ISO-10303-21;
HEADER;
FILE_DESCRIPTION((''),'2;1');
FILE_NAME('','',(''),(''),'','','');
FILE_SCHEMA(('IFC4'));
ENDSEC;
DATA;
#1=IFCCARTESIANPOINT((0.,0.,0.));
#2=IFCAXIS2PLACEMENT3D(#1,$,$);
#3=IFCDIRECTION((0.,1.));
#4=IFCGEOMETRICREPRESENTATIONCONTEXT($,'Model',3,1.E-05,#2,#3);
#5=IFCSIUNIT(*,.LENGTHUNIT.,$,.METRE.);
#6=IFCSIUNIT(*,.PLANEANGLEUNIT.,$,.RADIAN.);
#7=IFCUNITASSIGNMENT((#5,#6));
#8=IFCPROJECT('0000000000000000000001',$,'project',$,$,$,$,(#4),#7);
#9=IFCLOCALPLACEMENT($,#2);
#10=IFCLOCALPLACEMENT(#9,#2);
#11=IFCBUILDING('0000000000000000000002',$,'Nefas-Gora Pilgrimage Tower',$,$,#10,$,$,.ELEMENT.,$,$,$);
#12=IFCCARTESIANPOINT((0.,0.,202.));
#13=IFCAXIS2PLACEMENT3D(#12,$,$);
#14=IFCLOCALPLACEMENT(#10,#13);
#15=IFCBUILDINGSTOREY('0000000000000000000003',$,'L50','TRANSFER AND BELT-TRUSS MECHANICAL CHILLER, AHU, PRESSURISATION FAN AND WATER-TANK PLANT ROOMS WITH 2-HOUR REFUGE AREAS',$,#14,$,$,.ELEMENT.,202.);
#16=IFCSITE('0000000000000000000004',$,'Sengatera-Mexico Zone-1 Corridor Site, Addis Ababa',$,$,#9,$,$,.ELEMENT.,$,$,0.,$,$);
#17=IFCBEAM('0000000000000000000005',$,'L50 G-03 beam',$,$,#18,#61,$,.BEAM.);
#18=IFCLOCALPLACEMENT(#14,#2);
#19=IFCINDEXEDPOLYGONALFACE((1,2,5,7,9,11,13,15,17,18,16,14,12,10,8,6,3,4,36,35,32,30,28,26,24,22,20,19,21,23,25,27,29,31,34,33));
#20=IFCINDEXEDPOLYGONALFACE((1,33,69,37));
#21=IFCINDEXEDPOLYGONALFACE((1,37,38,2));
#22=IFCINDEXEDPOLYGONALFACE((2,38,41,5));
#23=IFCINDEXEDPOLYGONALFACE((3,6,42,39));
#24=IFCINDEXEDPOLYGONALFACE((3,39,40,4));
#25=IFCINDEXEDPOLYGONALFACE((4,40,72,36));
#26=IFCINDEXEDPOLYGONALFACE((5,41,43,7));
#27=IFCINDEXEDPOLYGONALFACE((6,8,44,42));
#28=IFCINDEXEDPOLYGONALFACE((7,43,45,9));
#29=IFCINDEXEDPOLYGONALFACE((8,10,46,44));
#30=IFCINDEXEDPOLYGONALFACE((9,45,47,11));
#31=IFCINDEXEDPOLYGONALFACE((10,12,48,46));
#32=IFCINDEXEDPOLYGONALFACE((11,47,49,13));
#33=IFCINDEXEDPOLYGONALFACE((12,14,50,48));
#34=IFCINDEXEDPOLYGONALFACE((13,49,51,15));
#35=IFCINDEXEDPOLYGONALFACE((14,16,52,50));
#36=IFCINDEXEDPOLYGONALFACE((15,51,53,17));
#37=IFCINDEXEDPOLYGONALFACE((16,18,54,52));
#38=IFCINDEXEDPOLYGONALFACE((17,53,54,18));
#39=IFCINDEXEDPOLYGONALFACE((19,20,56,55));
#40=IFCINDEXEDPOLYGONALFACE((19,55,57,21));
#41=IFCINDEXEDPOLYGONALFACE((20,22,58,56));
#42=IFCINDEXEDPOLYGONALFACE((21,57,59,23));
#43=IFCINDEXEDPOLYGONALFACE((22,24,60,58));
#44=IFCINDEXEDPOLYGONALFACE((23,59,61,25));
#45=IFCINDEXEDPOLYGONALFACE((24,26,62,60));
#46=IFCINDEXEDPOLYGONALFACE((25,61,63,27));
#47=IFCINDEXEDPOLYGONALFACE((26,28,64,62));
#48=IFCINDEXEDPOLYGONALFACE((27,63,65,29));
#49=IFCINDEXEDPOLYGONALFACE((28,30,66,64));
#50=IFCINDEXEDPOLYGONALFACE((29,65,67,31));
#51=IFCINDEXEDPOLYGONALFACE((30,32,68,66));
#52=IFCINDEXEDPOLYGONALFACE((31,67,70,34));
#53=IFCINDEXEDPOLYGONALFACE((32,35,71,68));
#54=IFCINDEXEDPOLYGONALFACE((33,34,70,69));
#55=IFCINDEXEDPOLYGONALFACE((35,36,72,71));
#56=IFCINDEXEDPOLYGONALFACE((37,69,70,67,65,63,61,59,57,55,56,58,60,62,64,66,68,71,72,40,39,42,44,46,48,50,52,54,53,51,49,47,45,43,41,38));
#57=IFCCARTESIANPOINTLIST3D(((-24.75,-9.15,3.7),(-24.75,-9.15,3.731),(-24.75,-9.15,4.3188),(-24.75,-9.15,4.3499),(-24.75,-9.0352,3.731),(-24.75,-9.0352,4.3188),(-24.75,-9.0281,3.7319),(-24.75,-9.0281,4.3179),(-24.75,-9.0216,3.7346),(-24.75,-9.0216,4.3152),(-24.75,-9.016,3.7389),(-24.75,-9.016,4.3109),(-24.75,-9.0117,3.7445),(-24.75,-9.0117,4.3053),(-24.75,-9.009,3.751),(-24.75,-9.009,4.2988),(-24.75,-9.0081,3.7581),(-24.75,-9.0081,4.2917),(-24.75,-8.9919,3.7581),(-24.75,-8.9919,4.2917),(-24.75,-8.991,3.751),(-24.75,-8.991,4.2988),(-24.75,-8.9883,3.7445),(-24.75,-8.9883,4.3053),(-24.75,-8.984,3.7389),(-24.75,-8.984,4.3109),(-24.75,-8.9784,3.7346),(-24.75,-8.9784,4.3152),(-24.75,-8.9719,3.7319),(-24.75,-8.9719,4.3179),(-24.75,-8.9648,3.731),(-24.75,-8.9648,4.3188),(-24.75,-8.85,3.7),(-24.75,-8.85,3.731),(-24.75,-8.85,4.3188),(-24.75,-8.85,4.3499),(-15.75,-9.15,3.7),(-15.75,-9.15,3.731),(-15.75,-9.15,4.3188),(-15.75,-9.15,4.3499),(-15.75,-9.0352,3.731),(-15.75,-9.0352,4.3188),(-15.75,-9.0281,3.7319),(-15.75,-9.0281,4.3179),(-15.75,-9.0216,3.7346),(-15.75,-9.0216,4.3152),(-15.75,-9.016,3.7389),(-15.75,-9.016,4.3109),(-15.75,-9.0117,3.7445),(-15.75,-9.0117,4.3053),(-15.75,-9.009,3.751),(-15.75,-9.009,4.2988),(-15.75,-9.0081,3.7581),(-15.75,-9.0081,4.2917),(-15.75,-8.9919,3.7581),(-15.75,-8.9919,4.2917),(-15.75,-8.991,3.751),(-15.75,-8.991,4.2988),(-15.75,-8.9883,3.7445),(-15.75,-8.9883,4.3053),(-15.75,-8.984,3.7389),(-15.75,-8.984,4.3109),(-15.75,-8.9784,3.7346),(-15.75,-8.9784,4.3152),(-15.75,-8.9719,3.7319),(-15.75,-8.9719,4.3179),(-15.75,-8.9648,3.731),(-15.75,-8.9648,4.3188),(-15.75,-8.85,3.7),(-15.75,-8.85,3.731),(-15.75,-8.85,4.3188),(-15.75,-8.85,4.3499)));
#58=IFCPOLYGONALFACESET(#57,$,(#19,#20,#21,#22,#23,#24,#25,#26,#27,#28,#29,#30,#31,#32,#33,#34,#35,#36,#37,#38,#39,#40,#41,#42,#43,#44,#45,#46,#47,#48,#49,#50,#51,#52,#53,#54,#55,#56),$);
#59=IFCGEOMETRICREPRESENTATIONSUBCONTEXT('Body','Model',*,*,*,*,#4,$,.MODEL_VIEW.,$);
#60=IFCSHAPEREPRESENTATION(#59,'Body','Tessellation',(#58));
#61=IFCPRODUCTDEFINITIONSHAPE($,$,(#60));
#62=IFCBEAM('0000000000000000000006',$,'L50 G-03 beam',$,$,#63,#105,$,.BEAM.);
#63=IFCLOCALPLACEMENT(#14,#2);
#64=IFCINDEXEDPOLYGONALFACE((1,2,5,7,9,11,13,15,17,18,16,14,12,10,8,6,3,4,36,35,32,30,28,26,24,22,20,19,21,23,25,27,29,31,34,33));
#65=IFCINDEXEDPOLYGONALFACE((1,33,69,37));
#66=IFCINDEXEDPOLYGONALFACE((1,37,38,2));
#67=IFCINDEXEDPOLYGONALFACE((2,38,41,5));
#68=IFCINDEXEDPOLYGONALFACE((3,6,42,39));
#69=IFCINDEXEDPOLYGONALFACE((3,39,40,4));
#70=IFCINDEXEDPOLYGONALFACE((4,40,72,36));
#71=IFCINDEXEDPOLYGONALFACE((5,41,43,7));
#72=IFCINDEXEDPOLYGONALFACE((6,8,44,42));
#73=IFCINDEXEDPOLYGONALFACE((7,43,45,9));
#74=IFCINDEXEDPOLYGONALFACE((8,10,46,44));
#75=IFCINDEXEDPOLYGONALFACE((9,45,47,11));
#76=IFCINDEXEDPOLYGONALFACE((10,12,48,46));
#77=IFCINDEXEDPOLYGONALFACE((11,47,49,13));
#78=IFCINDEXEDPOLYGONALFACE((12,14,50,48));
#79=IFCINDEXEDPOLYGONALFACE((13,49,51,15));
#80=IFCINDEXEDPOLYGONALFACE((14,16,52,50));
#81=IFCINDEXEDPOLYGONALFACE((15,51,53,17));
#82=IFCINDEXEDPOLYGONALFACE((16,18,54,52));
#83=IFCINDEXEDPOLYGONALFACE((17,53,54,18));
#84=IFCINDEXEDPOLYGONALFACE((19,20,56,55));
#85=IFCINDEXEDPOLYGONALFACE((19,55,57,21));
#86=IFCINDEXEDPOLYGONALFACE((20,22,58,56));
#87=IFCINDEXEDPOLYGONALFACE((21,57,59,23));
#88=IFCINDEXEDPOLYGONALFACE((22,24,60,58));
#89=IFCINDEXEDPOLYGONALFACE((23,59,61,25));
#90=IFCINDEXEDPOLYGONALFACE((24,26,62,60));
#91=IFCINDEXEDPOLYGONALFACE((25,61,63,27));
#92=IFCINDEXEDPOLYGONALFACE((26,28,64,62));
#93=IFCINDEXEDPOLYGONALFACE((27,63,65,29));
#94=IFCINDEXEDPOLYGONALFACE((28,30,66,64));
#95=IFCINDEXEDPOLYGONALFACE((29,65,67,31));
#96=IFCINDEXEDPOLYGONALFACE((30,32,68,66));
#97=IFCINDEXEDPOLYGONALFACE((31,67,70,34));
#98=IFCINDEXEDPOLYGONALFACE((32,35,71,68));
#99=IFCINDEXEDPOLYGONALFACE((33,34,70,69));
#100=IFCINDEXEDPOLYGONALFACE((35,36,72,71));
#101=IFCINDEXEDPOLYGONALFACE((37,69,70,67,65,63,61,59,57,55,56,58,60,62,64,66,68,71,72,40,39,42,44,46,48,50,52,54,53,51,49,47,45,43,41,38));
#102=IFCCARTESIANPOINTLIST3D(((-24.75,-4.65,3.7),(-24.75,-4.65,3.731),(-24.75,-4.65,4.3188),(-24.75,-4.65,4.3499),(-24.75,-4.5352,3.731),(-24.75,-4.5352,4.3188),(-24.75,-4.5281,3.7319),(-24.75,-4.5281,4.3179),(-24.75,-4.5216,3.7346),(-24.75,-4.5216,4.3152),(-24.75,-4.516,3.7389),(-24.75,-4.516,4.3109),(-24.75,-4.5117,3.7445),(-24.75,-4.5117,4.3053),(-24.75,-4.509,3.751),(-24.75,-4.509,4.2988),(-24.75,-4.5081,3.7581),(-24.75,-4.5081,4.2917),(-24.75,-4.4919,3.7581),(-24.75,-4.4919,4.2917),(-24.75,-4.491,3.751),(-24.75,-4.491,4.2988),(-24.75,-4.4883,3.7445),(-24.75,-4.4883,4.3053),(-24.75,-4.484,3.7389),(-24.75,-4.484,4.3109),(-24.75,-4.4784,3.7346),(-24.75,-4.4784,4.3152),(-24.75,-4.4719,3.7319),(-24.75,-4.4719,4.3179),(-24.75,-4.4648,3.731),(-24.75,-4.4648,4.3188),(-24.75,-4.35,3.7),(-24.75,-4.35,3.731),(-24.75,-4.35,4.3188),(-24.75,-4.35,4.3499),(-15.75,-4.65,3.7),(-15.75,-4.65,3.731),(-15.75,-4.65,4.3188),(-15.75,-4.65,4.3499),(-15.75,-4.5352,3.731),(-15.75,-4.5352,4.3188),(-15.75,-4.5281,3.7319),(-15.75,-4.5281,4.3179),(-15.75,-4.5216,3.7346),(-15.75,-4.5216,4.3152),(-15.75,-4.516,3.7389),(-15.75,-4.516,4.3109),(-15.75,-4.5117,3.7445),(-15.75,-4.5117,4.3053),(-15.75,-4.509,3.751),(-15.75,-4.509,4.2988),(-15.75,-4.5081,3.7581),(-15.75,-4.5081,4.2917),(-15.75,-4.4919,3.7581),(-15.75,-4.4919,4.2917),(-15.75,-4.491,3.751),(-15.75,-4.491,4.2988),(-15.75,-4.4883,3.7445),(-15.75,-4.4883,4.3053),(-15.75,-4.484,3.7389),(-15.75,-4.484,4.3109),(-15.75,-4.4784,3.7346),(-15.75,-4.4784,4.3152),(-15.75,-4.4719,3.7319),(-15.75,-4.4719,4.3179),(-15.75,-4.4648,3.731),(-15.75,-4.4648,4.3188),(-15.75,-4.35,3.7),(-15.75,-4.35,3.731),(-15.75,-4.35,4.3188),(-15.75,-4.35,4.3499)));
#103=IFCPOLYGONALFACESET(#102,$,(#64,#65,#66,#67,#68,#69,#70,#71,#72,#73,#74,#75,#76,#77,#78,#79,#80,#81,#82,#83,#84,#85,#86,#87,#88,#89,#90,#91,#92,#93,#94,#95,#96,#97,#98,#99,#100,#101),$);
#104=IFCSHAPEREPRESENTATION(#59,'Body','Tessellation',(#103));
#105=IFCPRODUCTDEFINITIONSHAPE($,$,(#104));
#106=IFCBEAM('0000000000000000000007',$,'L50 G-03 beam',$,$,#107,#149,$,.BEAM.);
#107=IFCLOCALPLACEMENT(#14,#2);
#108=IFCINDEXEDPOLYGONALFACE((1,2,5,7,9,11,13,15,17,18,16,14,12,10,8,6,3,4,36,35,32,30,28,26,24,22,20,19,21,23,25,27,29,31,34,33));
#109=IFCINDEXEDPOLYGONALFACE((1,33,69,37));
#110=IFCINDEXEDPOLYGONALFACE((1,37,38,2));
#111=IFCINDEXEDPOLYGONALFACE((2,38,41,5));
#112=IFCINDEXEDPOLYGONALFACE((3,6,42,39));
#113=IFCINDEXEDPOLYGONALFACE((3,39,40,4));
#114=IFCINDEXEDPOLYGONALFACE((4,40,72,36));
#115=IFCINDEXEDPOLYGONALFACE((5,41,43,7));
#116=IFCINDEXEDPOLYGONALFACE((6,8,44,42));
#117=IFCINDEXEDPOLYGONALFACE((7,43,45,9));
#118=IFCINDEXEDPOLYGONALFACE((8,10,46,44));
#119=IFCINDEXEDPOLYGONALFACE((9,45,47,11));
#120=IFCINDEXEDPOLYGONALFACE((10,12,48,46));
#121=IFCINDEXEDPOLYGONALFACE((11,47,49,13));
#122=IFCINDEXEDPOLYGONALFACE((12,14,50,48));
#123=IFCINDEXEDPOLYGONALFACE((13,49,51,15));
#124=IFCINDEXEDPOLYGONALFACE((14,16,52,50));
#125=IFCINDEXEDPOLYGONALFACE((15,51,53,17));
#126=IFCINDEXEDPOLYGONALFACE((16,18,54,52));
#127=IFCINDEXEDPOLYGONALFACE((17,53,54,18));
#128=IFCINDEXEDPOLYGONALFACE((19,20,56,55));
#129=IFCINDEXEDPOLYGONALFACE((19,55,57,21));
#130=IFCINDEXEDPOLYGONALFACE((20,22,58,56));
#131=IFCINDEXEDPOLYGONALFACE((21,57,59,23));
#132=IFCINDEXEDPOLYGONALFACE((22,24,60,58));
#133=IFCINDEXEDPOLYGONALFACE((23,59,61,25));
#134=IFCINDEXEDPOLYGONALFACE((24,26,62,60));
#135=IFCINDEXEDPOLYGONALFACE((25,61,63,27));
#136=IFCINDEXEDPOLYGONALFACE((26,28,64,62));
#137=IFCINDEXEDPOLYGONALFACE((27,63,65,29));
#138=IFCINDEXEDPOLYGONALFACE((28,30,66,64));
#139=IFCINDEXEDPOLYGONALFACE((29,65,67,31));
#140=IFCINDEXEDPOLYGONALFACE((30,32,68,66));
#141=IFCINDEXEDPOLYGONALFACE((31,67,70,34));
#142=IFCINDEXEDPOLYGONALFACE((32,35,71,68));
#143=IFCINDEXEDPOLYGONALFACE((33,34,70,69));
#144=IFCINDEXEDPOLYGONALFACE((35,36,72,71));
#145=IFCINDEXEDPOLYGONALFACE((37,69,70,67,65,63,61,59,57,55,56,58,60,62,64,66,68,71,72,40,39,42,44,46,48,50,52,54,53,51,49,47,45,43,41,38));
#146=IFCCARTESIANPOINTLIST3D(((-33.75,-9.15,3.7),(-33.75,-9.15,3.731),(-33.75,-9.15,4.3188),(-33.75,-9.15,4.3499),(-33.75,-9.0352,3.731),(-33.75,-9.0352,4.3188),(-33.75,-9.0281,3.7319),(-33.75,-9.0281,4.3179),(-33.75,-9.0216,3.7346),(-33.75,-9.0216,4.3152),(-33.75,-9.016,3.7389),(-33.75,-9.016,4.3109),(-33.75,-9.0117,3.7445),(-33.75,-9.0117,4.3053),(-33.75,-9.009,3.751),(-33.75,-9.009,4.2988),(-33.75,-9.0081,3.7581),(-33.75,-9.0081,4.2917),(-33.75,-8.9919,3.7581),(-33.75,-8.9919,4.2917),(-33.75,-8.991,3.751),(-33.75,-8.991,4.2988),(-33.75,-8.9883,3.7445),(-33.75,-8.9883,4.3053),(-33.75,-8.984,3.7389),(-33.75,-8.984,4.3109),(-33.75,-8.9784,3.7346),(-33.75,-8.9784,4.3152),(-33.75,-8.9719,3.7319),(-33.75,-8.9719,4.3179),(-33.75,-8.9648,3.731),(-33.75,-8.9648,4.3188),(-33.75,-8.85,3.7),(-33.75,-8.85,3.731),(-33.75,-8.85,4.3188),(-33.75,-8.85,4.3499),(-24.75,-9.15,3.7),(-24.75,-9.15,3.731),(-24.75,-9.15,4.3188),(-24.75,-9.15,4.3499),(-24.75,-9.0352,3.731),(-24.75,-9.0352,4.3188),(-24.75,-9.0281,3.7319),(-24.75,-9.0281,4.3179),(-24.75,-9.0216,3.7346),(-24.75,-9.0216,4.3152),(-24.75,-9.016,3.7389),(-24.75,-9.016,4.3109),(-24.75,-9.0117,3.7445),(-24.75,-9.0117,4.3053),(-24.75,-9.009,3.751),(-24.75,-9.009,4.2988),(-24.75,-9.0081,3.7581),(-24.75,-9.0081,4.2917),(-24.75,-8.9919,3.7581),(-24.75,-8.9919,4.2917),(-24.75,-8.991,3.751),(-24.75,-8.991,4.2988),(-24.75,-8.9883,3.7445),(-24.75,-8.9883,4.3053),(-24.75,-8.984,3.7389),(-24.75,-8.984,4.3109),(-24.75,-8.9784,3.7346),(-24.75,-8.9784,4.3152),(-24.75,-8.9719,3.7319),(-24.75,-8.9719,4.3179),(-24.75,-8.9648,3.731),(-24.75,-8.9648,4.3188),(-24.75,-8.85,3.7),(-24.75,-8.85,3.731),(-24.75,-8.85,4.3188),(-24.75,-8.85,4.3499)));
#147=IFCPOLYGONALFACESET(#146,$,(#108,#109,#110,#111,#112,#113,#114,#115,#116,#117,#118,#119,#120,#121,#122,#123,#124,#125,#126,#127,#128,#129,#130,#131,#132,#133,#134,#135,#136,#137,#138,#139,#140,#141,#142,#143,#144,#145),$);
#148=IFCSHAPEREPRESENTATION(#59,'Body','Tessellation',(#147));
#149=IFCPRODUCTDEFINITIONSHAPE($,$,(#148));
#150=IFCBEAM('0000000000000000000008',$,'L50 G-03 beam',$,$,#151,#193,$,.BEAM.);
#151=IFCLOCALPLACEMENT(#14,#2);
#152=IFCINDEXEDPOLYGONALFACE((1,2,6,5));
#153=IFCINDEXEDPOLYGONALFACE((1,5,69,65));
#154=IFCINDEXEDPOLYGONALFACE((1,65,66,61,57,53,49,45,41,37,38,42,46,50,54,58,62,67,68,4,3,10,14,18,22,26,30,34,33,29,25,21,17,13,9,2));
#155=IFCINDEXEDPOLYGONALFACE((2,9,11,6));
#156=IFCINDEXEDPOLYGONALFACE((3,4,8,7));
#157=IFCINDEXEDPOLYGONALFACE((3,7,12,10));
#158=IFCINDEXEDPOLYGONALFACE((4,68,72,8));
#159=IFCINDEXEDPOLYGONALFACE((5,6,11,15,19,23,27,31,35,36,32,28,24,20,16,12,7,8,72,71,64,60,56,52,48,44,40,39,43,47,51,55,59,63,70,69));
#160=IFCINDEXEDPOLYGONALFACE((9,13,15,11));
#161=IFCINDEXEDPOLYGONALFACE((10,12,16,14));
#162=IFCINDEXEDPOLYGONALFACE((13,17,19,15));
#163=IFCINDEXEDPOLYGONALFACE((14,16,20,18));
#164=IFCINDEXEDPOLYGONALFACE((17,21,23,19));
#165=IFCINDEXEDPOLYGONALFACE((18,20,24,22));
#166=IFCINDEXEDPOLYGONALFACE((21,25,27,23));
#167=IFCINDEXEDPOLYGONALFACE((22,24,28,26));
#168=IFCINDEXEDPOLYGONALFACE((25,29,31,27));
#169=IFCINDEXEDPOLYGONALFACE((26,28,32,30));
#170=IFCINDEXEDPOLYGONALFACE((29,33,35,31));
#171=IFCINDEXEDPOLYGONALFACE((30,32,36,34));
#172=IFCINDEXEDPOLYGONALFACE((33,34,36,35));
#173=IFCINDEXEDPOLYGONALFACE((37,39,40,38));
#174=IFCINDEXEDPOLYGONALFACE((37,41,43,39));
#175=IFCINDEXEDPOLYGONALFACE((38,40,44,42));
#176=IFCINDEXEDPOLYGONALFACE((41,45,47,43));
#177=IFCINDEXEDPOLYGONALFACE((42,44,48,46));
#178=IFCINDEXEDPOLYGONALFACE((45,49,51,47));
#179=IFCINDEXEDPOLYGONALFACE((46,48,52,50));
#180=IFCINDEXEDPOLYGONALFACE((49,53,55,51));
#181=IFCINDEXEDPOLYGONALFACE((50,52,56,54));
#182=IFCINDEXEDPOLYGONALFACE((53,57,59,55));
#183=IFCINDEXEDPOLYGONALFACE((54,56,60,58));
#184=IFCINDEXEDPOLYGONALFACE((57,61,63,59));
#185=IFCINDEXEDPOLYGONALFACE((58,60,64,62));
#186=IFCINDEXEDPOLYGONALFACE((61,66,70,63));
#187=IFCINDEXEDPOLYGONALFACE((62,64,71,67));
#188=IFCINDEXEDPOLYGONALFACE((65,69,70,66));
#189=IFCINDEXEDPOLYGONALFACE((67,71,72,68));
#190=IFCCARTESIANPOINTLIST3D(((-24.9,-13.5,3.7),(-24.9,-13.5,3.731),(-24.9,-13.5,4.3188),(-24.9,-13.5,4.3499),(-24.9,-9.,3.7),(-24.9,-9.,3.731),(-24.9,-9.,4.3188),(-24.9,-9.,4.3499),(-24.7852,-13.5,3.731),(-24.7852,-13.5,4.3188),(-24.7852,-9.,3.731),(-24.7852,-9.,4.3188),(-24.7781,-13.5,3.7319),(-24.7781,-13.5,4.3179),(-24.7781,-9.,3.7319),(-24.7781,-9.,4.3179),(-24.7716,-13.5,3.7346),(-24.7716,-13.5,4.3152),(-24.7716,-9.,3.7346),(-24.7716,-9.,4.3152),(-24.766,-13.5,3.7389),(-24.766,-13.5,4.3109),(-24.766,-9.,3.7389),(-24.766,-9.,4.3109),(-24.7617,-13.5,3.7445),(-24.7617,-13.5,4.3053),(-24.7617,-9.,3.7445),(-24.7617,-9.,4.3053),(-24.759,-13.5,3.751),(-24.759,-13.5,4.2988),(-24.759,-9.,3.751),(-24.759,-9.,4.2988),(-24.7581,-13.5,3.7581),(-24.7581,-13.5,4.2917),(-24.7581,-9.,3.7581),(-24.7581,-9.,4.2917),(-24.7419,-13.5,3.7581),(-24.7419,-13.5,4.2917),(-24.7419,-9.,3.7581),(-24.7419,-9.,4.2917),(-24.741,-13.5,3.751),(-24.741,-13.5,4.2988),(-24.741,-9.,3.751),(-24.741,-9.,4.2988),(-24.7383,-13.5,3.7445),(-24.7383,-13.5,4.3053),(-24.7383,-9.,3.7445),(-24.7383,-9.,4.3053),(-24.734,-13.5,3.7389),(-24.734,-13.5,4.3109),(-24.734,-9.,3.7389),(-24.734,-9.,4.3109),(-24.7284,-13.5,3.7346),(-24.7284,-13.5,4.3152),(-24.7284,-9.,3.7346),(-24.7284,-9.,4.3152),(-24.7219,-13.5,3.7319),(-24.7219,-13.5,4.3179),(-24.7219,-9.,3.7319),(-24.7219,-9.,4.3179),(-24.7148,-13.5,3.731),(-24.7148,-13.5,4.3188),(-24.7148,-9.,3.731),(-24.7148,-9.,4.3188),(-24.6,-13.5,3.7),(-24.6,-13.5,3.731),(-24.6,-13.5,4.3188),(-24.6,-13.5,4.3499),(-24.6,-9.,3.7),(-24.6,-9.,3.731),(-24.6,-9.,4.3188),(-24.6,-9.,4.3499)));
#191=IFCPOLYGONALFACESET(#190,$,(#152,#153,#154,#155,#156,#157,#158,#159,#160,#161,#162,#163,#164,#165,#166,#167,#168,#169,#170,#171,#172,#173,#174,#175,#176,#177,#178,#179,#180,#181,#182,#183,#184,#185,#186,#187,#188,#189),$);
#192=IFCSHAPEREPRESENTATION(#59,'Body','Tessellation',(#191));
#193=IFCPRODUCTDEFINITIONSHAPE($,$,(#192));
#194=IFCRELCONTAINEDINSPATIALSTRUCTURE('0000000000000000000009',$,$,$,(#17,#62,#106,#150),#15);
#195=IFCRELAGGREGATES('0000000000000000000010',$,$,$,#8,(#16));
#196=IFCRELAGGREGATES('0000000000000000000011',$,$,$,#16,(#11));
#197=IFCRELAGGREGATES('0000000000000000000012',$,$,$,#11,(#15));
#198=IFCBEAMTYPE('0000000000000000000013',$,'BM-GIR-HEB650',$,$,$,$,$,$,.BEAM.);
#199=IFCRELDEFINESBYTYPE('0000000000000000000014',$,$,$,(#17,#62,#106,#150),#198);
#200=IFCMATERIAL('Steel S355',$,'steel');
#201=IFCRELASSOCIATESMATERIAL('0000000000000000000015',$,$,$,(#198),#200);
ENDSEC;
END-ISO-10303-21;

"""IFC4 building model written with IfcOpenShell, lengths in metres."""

from ifc_helpers import new_model, si_unit, direction, frame, origin, origin_2d, place, context, subcontext, project, spatial, i_section, extrude, source, transform, mapped, material, material_profile, profile_set, type_object, element, save


model = new_model("IFC4")

# Units and contexts
model_context = context("Model", 3, precision=1e-05, world=origin(), true_north=direction((0.0, 1.0)))
body_context = subcontext(model_context, "Body", "Model", "MODEL_VIEW")
ifc_project = project(units=[si_unit("LENGTHUNIT", "METRE"), si_unit("PLANEANGLEUNIT", "RADIAN")], contexts=[model_context])

# Site, building, storey
site_placement = place(None, origin())
site = spatial("IfcSite", under=ifc_project, at=site_placement, Name="Sengatera-Mexico Zone-1 Corridor Site, Addis Ababa", CompositionType="ELEMENT", RefElevation=0.0)
building_placement = place(site_placement, origin())
building = spatial("IfcBuilding", under=site, at=building_placement, Name="Nefas-Gora Pilgrimage Tower", CompositionType="ELEMENT")
storey_placement = place(building_placement, frame((0.0, 0.0, 202.0)))
storey = spatial("IfcBuildingStorey", under=building, at=storey_placement, Name="L50", Description="TRANSFER AND BELT-TRUSS MECHANICAL CHILLER, AHU, PRESSURISATION FAN AND WATER-TANK PLANT ROOMS WITH 2-HOUR REFUGE AREAS", CompositionType="ELEMENT", Elevation=202.0)

# Beams
ifc_material_1 = material(Name="Steel S355", Category="steel")
ifc_material_profile_1 = material_profile(ifc_material_1, i_section(OverallWidth=0.3, OverallDepth=0.6499, WebThickness=0.0161, FlangeThickness=0.031, FilletRadius=0.0271, at=origin_2d()), Name="HEB 650")
ifc_profile_set_1 = profile_set([ifc_material_profile_1], Name="Steel S355")
beam_type = type_object("IfcBeamType", Name="BM-GIR-HEB650", PredefinedType="BEAM", material=ifc_profile_set_1)
shared_shape_1 = source(origin(), body_context, "Body", "SweptSolid", [
    extrude(i_section(OverallWidth=0.3, OverallDepth=0.6499, WebThickness=0.0161, FlangeThickness=0.031, FilletRadius=0.0271, at=origin_2d()), origin(), (0.0, 0.0, 1.0), 9.0),
])
for number, where, z_axis, x_axis, name in (
    (1, (-24.75, -9.0, 4.0249), (1.0, 0.0, 0.0), (0.0, 1.0, 0.0), "L50 G-03 beam"),
    (2, (-24.75, -4.5, 4.0249), (1.0, 0.0, 0.0), (0.0, 1.0, 0.0), "L50 G-03 beam"),
    (3, (-33.75, -9.0, 4.0249), (1.0, 0.0, 0.0), (0.0, 1.0, 0.0), "L50 G-03 beam"),
):
    element("IfcBeam", number, at=place(storey_placement, frame(where, z_axis=z_axis, x_axis=x_axis)), inside=storey, type_object=beam_type, Name=name, PredefinedType="BEAM", context=body_context, shape_type="MappedRepresentation", body=[
        mapped(shared_shape_1, transform((0.0, 0.0, 0.0), x_axis=(1.0, 0.0, 0.0), y_axis=(0.0, 1.0, 0.0), z_axis=(0.0, 0.0, 1.0), scale=1.0)),
    ])
shared_shape_2 = source(origin(), body_context, "Body", "SweptSolid", [
    extrude(i_section(OverallWidth=0.3, OverallDepth=0.6499, WebThickness=0.0161, FlangeThickness=0.031, FilletRadius=0.0271, at=origin_2d()), origin(), (0.0, 0.0, 1.0), 4.5),
])
for number, where, z_axis, x_axis, name in (
    (4, (-24.75, -13.5, 4.0249), (0.0, 1.0, 0.0), (-1.0, 0.0, 0.0), "L50 G-03 beam"),
):
    element("IfcBeam", number, at=place(storey_placement, frame(where, z_axis=z_axis, x_axis=x_axis)), inside=storey, type_object=beam_type, Name=name, PredefinedType="BEAM", context=body_context, shape_type="MappedRepresentation", body=[
        mapped(shared_shape_2, transform((0.0, 0.0, 0.0), x_axis=(1.0, 0.0, 0.0), y_axis=(0.0, 1.0, 0.0), z_axis=(0.0, 0.0, 1.0), scale=1.0)),
    ])

save(model, "model.ifc")
